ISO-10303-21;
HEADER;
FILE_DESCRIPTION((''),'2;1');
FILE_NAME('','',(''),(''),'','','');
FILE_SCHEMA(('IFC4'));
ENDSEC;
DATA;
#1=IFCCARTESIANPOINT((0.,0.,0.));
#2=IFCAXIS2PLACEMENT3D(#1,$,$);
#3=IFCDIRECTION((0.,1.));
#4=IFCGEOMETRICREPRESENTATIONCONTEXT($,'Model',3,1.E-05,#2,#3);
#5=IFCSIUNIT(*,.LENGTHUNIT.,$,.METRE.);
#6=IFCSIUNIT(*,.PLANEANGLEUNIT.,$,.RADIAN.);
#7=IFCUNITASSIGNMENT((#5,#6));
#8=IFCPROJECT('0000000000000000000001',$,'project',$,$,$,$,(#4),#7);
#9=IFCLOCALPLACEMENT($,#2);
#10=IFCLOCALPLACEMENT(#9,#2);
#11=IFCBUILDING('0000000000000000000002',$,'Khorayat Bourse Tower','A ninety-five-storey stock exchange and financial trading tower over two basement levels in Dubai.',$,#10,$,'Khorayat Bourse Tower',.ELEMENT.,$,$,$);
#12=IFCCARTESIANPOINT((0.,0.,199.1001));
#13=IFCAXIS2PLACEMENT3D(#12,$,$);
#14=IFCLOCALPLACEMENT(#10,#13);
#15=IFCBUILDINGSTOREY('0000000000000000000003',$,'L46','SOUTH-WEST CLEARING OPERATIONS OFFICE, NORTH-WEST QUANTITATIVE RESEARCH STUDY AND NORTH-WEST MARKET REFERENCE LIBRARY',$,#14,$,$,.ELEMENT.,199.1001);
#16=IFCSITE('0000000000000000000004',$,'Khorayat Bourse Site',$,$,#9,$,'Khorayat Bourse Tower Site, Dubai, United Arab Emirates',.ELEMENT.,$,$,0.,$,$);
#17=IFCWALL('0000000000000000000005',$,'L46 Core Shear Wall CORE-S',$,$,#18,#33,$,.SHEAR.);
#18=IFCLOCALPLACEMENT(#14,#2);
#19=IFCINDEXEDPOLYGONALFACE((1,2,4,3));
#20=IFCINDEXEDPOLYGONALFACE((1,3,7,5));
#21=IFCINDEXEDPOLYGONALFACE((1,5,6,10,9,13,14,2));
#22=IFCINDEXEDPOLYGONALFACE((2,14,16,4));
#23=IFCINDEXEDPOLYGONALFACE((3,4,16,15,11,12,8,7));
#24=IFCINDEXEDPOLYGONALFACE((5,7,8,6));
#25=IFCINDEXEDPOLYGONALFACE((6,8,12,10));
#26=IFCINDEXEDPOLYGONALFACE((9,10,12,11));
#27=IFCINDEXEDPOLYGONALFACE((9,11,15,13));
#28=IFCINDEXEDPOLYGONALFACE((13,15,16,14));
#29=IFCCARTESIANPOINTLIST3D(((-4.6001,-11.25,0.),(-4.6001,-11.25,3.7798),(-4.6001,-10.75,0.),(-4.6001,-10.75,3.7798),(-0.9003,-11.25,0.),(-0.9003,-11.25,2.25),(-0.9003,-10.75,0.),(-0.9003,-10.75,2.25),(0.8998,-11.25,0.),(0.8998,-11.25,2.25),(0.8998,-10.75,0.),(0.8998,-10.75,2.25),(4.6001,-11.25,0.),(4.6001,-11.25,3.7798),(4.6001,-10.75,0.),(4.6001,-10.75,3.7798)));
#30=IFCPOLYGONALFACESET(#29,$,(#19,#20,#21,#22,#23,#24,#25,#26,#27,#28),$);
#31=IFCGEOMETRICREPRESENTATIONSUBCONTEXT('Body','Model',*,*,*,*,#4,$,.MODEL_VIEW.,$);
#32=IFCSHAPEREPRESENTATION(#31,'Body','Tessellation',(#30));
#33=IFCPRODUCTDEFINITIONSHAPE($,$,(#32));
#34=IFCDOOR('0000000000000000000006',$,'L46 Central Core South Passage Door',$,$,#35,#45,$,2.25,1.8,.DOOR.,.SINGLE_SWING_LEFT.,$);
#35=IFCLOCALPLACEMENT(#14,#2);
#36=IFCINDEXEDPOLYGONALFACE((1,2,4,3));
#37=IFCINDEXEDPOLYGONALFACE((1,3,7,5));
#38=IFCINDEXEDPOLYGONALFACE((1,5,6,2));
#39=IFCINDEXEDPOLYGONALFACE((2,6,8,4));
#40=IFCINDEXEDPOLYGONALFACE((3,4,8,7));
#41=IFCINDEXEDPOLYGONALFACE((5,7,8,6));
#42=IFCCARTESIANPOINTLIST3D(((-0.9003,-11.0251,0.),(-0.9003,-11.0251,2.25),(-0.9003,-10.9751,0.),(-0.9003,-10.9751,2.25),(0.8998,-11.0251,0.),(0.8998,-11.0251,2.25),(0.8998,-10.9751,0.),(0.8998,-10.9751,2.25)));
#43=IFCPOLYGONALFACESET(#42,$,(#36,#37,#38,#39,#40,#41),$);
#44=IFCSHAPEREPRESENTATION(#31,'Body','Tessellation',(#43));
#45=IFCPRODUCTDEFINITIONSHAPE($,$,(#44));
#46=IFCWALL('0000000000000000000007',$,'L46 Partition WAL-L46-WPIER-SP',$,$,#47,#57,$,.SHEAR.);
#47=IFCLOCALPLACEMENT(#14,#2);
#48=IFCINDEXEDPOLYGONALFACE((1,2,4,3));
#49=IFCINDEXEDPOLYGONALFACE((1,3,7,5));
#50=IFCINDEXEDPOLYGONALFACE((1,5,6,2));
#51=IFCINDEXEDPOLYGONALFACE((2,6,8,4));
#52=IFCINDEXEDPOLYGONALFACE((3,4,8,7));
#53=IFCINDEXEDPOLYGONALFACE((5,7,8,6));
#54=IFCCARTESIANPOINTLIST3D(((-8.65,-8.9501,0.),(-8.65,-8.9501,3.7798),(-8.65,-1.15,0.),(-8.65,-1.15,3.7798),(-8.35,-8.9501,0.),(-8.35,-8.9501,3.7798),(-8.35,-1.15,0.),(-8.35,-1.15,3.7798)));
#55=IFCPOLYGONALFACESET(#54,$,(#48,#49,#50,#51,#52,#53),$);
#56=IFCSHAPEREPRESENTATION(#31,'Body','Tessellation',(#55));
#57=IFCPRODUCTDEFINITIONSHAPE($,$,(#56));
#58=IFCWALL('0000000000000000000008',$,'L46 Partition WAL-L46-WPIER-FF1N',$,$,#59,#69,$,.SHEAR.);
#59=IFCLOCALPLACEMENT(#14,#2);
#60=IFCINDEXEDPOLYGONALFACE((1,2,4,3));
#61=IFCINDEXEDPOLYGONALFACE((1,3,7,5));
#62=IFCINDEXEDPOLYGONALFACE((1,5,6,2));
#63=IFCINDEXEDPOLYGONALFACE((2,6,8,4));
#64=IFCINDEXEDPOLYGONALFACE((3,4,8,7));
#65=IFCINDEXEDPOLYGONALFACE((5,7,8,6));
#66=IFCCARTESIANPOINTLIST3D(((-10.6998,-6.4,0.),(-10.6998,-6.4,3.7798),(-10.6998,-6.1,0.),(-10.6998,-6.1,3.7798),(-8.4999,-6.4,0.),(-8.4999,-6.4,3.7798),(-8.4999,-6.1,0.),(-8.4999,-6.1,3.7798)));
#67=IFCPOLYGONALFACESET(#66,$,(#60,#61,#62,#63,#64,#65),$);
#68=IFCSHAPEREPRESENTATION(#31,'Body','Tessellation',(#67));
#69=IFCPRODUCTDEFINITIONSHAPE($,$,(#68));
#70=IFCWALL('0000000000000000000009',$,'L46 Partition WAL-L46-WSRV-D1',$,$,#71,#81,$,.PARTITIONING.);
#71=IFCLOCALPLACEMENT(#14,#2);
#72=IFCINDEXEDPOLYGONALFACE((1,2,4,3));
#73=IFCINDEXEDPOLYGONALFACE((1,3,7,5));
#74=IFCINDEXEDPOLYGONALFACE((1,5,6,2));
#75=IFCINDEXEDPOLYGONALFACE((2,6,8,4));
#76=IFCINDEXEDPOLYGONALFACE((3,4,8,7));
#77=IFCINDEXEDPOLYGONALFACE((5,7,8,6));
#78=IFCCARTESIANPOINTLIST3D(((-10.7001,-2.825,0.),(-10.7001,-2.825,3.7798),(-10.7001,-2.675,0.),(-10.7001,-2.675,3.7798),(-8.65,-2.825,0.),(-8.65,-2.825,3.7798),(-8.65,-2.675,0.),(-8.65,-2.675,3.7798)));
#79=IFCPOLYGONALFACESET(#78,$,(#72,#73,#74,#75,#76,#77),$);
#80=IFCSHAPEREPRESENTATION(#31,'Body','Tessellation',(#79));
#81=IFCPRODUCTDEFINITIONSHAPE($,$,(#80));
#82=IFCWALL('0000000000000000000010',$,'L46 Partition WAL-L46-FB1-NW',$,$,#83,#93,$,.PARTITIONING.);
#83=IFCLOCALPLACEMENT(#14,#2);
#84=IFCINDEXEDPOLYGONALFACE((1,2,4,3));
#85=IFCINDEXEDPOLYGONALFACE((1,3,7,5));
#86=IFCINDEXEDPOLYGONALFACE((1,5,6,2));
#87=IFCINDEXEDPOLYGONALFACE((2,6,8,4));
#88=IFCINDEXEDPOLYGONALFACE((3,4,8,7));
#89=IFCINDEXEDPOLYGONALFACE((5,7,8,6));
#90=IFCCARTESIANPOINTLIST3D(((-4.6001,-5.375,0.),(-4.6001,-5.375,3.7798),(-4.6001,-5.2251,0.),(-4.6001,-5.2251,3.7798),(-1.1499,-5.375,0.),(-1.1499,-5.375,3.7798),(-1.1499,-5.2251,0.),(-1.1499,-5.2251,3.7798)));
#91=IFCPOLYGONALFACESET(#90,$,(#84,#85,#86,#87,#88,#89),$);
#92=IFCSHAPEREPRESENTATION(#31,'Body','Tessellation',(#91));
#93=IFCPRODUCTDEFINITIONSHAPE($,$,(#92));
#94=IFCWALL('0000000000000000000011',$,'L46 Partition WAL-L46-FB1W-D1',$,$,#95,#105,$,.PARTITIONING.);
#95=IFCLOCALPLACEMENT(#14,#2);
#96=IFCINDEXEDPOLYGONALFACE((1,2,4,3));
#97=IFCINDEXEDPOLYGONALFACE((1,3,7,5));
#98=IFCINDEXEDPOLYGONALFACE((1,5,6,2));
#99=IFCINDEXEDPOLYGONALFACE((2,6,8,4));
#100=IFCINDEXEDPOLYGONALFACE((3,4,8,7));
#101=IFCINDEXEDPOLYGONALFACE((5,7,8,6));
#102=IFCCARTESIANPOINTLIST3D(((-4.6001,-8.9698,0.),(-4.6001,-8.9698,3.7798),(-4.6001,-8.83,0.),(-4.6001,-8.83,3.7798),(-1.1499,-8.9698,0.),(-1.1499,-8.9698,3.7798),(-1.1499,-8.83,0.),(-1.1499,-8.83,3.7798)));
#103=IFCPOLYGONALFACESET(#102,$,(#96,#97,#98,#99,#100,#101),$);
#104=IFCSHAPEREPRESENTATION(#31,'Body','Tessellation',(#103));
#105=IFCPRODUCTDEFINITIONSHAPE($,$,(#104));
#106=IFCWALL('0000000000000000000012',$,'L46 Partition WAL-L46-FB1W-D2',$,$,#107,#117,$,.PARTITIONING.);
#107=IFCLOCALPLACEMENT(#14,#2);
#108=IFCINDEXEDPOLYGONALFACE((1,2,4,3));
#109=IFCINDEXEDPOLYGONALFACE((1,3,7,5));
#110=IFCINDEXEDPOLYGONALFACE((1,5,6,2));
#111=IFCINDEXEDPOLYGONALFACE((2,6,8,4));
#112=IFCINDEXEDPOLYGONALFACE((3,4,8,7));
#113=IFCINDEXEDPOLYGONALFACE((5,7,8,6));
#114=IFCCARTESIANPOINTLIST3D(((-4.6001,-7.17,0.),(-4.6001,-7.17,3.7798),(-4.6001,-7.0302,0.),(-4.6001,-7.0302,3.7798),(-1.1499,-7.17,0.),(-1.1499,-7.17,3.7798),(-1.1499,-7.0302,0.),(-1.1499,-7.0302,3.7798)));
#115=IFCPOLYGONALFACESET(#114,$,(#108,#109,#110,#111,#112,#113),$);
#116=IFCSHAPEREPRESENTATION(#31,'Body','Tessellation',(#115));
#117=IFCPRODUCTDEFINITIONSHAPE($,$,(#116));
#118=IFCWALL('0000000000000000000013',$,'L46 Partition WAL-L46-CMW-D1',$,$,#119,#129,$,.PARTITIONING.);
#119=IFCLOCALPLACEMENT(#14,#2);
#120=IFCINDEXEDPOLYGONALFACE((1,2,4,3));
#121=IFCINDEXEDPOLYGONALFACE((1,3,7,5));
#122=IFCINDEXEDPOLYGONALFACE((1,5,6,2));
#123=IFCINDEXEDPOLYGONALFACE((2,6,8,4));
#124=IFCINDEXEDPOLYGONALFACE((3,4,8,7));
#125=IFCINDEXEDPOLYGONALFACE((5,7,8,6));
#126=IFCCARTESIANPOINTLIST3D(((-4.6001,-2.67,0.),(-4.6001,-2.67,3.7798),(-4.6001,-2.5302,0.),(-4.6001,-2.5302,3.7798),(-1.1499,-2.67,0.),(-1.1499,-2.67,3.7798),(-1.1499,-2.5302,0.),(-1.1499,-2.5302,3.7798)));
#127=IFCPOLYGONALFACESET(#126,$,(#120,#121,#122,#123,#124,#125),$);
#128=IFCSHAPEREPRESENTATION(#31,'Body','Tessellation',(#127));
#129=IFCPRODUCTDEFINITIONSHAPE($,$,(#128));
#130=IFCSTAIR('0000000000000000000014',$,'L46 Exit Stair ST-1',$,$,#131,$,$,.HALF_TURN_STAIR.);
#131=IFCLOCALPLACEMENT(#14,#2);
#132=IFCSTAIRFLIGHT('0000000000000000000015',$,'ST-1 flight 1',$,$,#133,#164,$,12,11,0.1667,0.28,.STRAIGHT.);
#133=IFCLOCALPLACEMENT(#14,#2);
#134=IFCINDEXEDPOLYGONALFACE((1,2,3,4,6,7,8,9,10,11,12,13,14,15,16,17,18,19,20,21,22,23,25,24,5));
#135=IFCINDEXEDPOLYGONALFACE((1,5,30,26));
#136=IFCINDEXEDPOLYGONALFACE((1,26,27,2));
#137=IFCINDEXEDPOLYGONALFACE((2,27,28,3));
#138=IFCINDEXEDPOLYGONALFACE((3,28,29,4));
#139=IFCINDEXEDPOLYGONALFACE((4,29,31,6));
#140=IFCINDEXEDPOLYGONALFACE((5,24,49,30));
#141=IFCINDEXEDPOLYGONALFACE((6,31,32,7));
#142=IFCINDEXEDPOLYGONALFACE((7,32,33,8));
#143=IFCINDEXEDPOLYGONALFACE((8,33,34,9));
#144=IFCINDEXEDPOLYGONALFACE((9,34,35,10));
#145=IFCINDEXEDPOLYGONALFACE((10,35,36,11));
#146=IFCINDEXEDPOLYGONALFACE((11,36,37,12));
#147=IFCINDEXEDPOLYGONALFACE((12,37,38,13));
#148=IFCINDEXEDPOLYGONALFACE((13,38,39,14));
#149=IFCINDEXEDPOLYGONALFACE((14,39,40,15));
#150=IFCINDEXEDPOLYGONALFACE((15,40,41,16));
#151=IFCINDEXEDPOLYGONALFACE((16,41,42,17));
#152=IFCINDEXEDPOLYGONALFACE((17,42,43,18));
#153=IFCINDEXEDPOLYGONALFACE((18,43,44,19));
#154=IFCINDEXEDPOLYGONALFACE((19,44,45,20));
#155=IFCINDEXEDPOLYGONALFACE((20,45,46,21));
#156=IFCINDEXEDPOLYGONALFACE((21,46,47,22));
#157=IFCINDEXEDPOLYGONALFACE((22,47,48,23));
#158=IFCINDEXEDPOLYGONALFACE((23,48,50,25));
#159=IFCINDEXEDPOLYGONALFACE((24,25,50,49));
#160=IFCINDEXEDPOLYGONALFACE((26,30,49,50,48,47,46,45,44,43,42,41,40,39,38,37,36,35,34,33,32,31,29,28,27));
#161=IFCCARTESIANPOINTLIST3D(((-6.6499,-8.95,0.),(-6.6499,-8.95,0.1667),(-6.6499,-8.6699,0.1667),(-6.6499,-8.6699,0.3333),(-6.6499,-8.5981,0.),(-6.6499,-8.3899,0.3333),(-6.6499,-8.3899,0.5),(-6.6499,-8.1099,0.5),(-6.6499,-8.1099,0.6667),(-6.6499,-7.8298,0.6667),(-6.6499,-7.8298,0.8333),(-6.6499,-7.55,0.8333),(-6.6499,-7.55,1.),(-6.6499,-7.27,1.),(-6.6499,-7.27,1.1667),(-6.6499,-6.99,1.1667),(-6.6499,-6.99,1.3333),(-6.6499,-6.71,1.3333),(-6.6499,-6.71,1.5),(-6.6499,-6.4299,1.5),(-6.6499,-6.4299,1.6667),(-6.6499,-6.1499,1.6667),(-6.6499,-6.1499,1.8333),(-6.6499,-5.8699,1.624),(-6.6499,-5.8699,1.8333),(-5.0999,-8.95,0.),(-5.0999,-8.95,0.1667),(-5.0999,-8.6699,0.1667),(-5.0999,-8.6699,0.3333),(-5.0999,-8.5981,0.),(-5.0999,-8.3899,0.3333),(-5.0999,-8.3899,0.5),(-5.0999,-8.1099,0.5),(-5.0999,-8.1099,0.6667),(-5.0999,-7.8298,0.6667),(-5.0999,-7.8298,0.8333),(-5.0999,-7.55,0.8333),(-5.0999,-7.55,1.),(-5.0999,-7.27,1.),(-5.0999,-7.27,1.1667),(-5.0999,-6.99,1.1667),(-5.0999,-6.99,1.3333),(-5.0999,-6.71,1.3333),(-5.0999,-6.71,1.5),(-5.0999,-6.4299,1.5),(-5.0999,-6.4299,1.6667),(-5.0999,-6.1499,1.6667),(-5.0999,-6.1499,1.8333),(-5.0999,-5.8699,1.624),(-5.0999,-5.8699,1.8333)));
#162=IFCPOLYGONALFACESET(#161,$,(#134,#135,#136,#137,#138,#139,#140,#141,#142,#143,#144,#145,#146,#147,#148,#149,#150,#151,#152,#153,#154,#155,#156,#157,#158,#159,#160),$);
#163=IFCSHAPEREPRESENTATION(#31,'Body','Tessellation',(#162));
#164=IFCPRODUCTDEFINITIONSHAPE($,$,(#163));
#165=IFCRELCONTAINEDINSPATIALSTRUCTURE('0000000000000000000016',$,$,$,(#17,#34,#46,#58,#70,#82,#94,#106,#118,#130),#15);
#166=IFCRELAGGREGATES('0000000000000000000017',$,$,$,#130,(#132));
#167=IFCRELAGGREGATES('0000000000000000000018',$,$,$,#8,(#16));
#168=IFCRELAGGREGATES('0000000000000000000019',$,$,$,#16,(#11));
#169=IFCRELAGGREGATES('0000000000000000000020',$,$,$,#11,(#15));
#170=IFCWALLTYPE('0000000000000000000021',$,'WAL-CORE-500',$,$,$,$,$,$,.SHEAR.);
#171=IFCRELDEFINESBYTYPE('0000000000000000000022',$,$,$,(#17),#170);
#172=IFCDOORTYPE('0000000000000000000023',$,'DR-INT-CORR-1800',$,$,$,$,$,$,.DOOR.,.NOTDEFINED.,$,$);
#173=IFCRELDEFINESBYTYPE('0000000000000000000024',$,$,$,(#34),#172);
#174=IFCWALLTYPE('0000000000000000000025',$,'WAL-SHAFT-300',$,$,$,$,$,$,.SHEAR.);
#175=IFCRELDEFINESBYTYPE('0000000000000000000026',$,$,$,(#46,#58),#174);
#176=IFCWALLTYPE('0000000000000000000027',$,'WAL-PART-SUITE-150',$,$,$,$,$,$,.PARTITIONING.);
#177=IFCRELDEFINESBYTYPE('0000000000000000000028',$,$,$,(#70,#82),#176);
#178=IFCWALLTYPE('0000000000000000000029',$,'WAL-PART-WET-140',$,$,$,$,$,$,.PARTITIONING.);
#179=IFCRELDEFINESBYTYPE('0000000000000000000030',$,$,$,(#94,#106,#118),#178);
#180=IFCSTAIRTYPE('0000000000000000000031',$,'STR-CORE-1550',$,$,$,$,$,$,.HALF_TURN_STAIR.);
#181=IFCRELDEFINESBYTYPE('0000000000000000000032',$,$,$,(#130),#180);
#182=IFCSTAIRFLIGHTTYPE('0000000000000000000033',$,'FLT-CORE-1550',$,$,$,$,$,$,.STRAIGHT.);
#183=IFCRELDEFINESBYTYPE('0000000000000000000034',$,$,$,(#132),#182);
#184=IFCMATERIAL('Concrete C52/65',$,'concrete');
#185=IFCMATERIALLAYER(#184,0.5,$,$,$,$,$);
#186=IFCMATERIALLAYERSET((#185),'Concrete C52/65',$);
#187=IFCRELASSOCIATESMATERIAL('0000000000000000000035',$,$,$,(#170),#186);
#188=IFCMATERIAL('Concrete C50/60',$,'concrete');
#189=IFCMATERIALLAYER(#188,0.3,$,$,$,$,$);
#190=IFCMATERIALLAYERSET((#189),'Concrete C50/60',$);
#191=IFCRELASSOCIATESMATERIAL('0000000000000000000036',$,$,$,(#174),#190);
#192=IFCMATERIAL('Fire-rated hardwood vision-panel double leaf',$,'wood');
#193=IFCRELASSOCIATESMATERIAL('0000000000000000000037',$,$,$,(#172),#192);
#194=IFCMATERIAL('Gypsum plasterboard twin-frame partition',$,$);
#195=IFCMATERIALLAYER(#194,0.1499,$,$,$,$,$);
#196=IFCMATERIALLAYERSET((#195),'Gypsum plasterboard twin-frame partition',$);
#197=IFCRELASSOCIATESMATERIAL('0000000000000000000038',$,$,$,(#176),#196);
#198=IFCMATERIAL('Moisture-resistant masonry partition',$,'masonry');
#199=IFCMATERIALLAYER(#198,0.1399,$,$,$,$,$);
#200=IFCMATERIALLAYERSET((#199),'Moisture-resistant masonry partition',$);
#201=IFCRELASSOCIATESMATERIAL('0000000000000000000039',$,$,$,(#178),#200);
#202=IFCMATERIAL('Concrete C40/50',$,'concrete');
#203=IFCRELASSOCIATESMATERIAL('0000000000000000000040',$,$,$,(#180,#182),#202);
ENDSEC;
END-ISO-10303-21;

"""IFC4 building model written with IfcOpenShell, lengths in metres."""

from ifc_helpers import new_model, si_unit, direction, frame, frame_2d, origin, place, context, subcontext, project, spatial, polyline, rectangle, outline, extrude, source, transform, mapped, material, layer, layer_set, type_object, element, fill, aggregate, save


model = new_model("IFC4")

# Units and contexts
model_context = context("Model", 3, precision=1e-05, world=origin(), true_north=direction((0.0, 1.0)))
body_context = subcontext(model_context, "Body", "Model", "MODEL_VIEW")
ifc_project = project(units=[si_unit("LENGTHUNIT", "METRE"), si_unit("PLANEANGLEUNIT", "RADIAN")], contexts=[model_context])

# Site, building, storey
site_placement = place(None, origin())
site = spatial("IfcSite", under=ifc_project, at=site_placement, Name="Khorayat Bourse Site", LongName="Khorayat Bourse Tower Site, Dubai, United Arab Emirates", CompositionType="ELEMENT", RefElevation=0.0)
building_placement = place(site_placement, origin())
building = spatial("IfcBuilding", under=site, at=building_placement, Name="Khorayat Bourse Tower", Description="A ninety-five-storey stock exchange and financial trading tower over two basement levels in Dubai.", LongName="Khorayat Bourse Tower", CompositionType="ELEMENT")
storey_placement = place(building_placement, frame((0.0, 0.0, 199.1001)))
storey = spatial("IfcBuildingStorey", under=building, at=storey_placement, Name="L46", Description="SOUTH-WEST CLEARING OPERATIONS OFFICE, NORTH-WEST QUANTITATIVE RESEARCH STUDY AND NORTH-WEST MARKET REFERENCE LIBRARY", CompositionType="ELEMENT", Elevation=199.1001)

# Shared definitions
ifc_material_1 = material(Name="Concrete C52/65", Category="concrete")
ifc_layer_1 = layer(ifc_material_1, 0.5)
ifc_layer_set_1 = layer_set([ifc_layer_1], Name="Concrete C52/65")
wall_type_1 = type_object("IfcWallType", Name="WAL-CORE-500", PredefinedType="SHEAR", material=ifc_layer_set_1)
ifc_material_2 = material(Name="Concrete C50/60", Category="concrete")
ifc_layer_2 = layer(ifc_material_2, 0.3)
ifc_layer_set_2 = layer_set([ifc_layer_2], Name="Concrete C50/60")
wall_type_2 = type_object("IfcWallType", Name="WAL-SHAFT-300", PredefinedType="SHEAR", material=ifc_layer_set_2)

# Wall, opening, door
shared_shape_1 = source(origin(), body_context, "Body", "SweptSolid", [
    extrude(rectangle(XDim=9.2002, YDim=0.5, at=frame_2d((4.6001, 0.0))), origin(), (0.0, 0.0, 1.0), 3.7798),
])
wall_1_placement = place(storey_placement, frame((-4.6001, -11.0, 0.0), z_axis=(0.0, 0.0, 1.0), x_axis=(1.0, 0.0, 0.0)))
wall_1 = element("IfcWall", 1, at=wall_1_placement, inside=storey, type_object=wall_type_1, Name="L46 Core Shear Wall CORE-S", PredefinedType="SHEAR", context=body_context, shape_type="MappedRepresentation", body=[
    mapped(shared_shape_1, transform((0.0, 0.0, 0.0), scale=1.0)),
])
shared_shape_2 = source(origin(), body_context, "Body", "SweptSolid", [
    extrude(rectangle(XDim=1.8, YDim=2.25, at=frame_2d((0.8999, 1.125))), frame((0.0, 0.26, 0.0), z_axis=(0.0, -1.0, 0.0), x_axis=(1.0, 0.0, 0.0)), (0.0, 0.0, 1.0), 0.52),
])
opening_1_placement = place(wall_1_placement, frame((3.7, 0.0, 0.0)))
opening_1 = element("IfcOpeningElement", 2, at=opening_1_placement, cuts=wall_1, PredefinedType="OPENING", context=body_context, shape_type="MappedRepresentation", body=[
    mapped(shared_shape_2, transform((0.0, 0.0, 0.0), scale=1.0)),
])
ifc_material_3 = material(Name="Fire-rated hardwood vision-panel double leaf", Category="wood")
door_type_1 = type_object("IfcDoorType", Name="DR-INT-CORR-1800", OperationType="NOTDEFINED", PredefinedType="DOOR", material=ifc_material_3)
shared_shape_3 = source(origin(), body_context, "Body", "SweptSolid", [
    extrude(rectangle(XDim=1.8, YDim=2.25, at=frame_2d((0.8999, 1.125))), frame((0.0, 0.0249, 0.0), z_axis=(0.0, -1.0, 0.0), x_axis=(1.0, 0.0, 0.0)), (0.0, 0.0, 1.0), 0.05),
])
door_1_placement = place(opening_1_placement, origin())
door_1 = element("IfcDoor", 3, at=door_1_placement, inside=storey, type_object=door_type_1, Name="L46 Central Core South Passage Door", OperationType="SINGLE_SWING_LEFT", OverallHeight=2.25, OverallWidth=1.8, PredefinedType="DOOR", context=body_context, shape_type="MappedRepresentation", body=[
    mapped(shared_shape_3, transform((0.0, 0.0, 0.0), scale=1.0)),
])
fill(opening_1, door_1)

# Walls
shared_shape_4 = source(origin(), body_context, "Body", "SweptSolid", [
    extrude(rectangle(XDim=7.8, YDim=0.3, at=frame_2d((3.8999, 0.0))), origin(), (0.0, 0.0, 1.0), 3.7798),
])
wall_2_placement = place(storey_placement, frame((-8.5, -8.95, 0.0), z_axis=(0.0, 0.0, 1.0), x_axis=(0.0, 1.0, 0.0)))
element("IfcWall", 4, at=wall_2_placement, inside=storey, type_object=wall_type_2, Name="L46 Partition WAL-L46-WPIER-SP", PredefinedType="SHEAR", context=body_context, shape_type="MappedRepresentation", body=[
    mapped(shared_shape_4, transform((0.0, 0.0, 0.0), scale=1.0)),
])
shared_shape_5 = source(origin(), body_context, "Body", "SweptSolid", [
    extrude(rectangle(XDim=2.2, YDim=0.3, at=frame_2d((1.1001, 0.0))), origin(), (0.0, 0.0, 1.0), 3.7798),
])
wall_3_placement = place(storey_placement, frame((-10.7, -6.25, 0.0), z_axis=(0.0, 0.0, 1.0), x_axis=(1.0, 0.0, 0.0)))
element("IfcWall", 5, at=wall_3_placement, inside=storey, type_object=wall_type_2, Name="L46 Partition WAL-L46-WPIER-FF1N", PredefinedType="SHEAR", context=body_context, shape_type="MappedRepresentation", body=[
    mapped(shared_shape_5, transform((0.0, 0.0, 0.0), scale=1.0)),
])
ifc_material_4 = material(Name="Gypsum plasterboard twin-frame partition")
ifc_layer_3 = layer(ifc_material_4, 0.1499)
ifc_layer_set_3 = layer_set([ifc_layer_3], Name="Gypsum plasterboard twin-frame partition")
wall_type_3 = type_object("IfcWallType", Name="WAL-PART-SUITE-150", PredefinedType="PARTITIONING", material=ifc_layer_set_3)
shared_shape_6 = source(origin(), body_context, "Body", "SweptSolid", [
    extrude(rectangle(XDim=2.05, YDim=0.1499, at=frame_2d((1.0249, 0.0))), origin(), (0.0, 0.0, 1.0), 3.7798),
])
wall_4_placement = place(storey_placement, frame((-10.7, -2.75, 0.0), z_axis=(0.0, 0.0, 1.0), x_axis=(1.0, 0.0, 0.0)))
element("IfcWall", 6, at=wall_4_placement, inside=storey, type_object=wall_type_3, Name="L46 Partition WAL-L46-WSRV-D1", PredefinedType="PARTITIONING", context=body_context, shape_type="MappedRepresentation", body=[
    mapped(shared_shape_6, transform((0.0, 0.0, 0.0), scale=1.0)),
])
shared_shape_7 = source(origin(), body_context, "Body", "SweptSolid", [
    extrude(rectangle(XDim=3.4502, YDim=0.1499, at=frame_2d((1.7251, 0.0))), origin(), (0.0, 0.0, 1.0), 3.7798),
])
wall_5_placement = place(storey_placement, frame((-4.6001, -5.3, 0.0), z_axis=(0.0, 0.0, 1.0), x_axis=(1.0, 0.0, 0.0)))
element("IfcWall", 7, at=wall_5_placement, inside=storey, type_object=wall_type_3, Name="L46 Partition WAL-L46-FB1-NW", PredefinedType="PARTITIONING", context=body_context, shape_type="MappedRepresentation", body=[
    mapped(shared_shape_7, transform((0.0, 0.0, 0.0), scale=1.0)),
])
ifc_material_5 = material(Name="Moisture-resistant masonry partition", Category="masonry")
ifc_layer_4 = layer(ifc_material_5, 0.1399)
ifc_layer_set_4 = layer_set([ifc_layer_4], Name="Moisture-resistant masonry partition")
wall_type_4 = type_object("IfcWallType", Name="WAL-PART-WET-140", PredefinedType="PARTITIONING", material=ifc_layer_set_4)
shared_shape_8 = source(origin(), body_context, "Body", "SweptSolid", [
    extrude(rectangle(XDim=3.4502, YDim=0.1399, at=frame_2d((1.7251, 0.0))), origin(), (0.0, 0.0, 1.0), 3.7798),
])
for number, where, z_axis, x_axis, name in (
    (8, (-4.6001, -8.8999, 0.0), (0.0, 0.0, 1.0), (1.0, 0.0, 0.0), "L46 Partition WAL-L46-FB1W-D1"),
    (9, (-4.6001, -7.1001, 0.0), (0.0, 0.0, 1.0), (1.0, 0.0, 0.0), "L46 Partition WAL-L46-FB1W-D2"),
    (10, (-4.6001, -2.6001, 0.0), (0.0, 0.0, 1.0), (1.0, 0.0, 0.0), "L46 Partition WAL-L46-CMW-D1"),
):
    element("IfcWall", number, at=place(storey_placement, frame(where, z_axis=z_axis, x_axis=x_axis)), inside=storey, type_object=wall_type_4, Name=name, PredefinedType="PARTITIONING", context=body_context, shape_type="MappedRepresentation", body=[
        mapped(shared_shape_8, transform((0.0, 0.0, 0.0), scale=1.0)),
    ])

# Stair, stair flight
ifc_material_6 = material(Name="Concrete C40/50", Category="concrete")
stair_type = type_object("IfcStairType", Name="STR-CORE-1550", PredefinedType="HALF_TURN_STAIR", material=ifc_material_6)
stair_placement = place(storey_placement, origin())
stair = element("IfcStair", 11, at=stair_placement, inside=storey, type_object=stair_type, Name="L46 Exit Stair ST-1", PredefinedType="HALF_TURN_STAIR")
stair_flight_type = type_object("IfcStairFlightType", Name="FLT-CORE-1550", PredefinedType="STRAIGHT", material=ifc_material_6)
shared_shape_9 = source(origin(), body_context, "Body", "SweptSolid", [
    extrude(outline(polyline([(0.0, 0.0), (0.0, 0.1667), (0.28, 0.1667), (0.28, 0.3333), (0.5601, 0.3333), (0.5601, 0.5), (0.8401, 0.5), (0.8401, 0.6667), (1.1201, 0.6667), (1.1201, 0.8333), (1.3999, 0.8333), (1.3999, 1.0), (1.6799, 1.0), (1.6799, 1.1667), (1.96, 1.1667), (1.96, 1.3333), (2.24, 1.3333), (2.24, 1.5), (2.52, 1.5), (2.52, 1.6667), (2.8, 1.6667), (2.8, 1.8333), (3.0801, 1.8333), (3.0801, 2.0), (3.0801, 1.624), (0.3518, 0.0), (0.0, 0.0)])), frame((0.0, 0.7749, 0.0), z_axis=(0.0, -1.0, 0.0), x_axis=(1.0, 0.0, 0.0)), (0.0, 0.0, 1.0), 1.55),
])
stair_flight_1_placement = place(storey_placement, frame((-5.875, -8.95, 0.0), z_axis=(0.0, 0.0, 1.0), x_axis=(0.0, 1.0, 0.0)))
stair_flight_1 = element("IfcStairFlight", 12, at=stair_flight_1_placement, type_object=stair_flight_type, Name="ST-1 flight 1", NumberOfRisers=12, NumberOfTreads=11, PredefinedType="STRAIGHT", RiserHeight=0.1667, TreadLength=0.28, context=body_context, shape_type="MappedRepresentation", body=[
    mapped(shared_shape_9, transform((0.0, 0.0, 0.0), scale=1.0)),
])
aggregate(stair, [stair_flight_1])

save(model, "model.ifc")
